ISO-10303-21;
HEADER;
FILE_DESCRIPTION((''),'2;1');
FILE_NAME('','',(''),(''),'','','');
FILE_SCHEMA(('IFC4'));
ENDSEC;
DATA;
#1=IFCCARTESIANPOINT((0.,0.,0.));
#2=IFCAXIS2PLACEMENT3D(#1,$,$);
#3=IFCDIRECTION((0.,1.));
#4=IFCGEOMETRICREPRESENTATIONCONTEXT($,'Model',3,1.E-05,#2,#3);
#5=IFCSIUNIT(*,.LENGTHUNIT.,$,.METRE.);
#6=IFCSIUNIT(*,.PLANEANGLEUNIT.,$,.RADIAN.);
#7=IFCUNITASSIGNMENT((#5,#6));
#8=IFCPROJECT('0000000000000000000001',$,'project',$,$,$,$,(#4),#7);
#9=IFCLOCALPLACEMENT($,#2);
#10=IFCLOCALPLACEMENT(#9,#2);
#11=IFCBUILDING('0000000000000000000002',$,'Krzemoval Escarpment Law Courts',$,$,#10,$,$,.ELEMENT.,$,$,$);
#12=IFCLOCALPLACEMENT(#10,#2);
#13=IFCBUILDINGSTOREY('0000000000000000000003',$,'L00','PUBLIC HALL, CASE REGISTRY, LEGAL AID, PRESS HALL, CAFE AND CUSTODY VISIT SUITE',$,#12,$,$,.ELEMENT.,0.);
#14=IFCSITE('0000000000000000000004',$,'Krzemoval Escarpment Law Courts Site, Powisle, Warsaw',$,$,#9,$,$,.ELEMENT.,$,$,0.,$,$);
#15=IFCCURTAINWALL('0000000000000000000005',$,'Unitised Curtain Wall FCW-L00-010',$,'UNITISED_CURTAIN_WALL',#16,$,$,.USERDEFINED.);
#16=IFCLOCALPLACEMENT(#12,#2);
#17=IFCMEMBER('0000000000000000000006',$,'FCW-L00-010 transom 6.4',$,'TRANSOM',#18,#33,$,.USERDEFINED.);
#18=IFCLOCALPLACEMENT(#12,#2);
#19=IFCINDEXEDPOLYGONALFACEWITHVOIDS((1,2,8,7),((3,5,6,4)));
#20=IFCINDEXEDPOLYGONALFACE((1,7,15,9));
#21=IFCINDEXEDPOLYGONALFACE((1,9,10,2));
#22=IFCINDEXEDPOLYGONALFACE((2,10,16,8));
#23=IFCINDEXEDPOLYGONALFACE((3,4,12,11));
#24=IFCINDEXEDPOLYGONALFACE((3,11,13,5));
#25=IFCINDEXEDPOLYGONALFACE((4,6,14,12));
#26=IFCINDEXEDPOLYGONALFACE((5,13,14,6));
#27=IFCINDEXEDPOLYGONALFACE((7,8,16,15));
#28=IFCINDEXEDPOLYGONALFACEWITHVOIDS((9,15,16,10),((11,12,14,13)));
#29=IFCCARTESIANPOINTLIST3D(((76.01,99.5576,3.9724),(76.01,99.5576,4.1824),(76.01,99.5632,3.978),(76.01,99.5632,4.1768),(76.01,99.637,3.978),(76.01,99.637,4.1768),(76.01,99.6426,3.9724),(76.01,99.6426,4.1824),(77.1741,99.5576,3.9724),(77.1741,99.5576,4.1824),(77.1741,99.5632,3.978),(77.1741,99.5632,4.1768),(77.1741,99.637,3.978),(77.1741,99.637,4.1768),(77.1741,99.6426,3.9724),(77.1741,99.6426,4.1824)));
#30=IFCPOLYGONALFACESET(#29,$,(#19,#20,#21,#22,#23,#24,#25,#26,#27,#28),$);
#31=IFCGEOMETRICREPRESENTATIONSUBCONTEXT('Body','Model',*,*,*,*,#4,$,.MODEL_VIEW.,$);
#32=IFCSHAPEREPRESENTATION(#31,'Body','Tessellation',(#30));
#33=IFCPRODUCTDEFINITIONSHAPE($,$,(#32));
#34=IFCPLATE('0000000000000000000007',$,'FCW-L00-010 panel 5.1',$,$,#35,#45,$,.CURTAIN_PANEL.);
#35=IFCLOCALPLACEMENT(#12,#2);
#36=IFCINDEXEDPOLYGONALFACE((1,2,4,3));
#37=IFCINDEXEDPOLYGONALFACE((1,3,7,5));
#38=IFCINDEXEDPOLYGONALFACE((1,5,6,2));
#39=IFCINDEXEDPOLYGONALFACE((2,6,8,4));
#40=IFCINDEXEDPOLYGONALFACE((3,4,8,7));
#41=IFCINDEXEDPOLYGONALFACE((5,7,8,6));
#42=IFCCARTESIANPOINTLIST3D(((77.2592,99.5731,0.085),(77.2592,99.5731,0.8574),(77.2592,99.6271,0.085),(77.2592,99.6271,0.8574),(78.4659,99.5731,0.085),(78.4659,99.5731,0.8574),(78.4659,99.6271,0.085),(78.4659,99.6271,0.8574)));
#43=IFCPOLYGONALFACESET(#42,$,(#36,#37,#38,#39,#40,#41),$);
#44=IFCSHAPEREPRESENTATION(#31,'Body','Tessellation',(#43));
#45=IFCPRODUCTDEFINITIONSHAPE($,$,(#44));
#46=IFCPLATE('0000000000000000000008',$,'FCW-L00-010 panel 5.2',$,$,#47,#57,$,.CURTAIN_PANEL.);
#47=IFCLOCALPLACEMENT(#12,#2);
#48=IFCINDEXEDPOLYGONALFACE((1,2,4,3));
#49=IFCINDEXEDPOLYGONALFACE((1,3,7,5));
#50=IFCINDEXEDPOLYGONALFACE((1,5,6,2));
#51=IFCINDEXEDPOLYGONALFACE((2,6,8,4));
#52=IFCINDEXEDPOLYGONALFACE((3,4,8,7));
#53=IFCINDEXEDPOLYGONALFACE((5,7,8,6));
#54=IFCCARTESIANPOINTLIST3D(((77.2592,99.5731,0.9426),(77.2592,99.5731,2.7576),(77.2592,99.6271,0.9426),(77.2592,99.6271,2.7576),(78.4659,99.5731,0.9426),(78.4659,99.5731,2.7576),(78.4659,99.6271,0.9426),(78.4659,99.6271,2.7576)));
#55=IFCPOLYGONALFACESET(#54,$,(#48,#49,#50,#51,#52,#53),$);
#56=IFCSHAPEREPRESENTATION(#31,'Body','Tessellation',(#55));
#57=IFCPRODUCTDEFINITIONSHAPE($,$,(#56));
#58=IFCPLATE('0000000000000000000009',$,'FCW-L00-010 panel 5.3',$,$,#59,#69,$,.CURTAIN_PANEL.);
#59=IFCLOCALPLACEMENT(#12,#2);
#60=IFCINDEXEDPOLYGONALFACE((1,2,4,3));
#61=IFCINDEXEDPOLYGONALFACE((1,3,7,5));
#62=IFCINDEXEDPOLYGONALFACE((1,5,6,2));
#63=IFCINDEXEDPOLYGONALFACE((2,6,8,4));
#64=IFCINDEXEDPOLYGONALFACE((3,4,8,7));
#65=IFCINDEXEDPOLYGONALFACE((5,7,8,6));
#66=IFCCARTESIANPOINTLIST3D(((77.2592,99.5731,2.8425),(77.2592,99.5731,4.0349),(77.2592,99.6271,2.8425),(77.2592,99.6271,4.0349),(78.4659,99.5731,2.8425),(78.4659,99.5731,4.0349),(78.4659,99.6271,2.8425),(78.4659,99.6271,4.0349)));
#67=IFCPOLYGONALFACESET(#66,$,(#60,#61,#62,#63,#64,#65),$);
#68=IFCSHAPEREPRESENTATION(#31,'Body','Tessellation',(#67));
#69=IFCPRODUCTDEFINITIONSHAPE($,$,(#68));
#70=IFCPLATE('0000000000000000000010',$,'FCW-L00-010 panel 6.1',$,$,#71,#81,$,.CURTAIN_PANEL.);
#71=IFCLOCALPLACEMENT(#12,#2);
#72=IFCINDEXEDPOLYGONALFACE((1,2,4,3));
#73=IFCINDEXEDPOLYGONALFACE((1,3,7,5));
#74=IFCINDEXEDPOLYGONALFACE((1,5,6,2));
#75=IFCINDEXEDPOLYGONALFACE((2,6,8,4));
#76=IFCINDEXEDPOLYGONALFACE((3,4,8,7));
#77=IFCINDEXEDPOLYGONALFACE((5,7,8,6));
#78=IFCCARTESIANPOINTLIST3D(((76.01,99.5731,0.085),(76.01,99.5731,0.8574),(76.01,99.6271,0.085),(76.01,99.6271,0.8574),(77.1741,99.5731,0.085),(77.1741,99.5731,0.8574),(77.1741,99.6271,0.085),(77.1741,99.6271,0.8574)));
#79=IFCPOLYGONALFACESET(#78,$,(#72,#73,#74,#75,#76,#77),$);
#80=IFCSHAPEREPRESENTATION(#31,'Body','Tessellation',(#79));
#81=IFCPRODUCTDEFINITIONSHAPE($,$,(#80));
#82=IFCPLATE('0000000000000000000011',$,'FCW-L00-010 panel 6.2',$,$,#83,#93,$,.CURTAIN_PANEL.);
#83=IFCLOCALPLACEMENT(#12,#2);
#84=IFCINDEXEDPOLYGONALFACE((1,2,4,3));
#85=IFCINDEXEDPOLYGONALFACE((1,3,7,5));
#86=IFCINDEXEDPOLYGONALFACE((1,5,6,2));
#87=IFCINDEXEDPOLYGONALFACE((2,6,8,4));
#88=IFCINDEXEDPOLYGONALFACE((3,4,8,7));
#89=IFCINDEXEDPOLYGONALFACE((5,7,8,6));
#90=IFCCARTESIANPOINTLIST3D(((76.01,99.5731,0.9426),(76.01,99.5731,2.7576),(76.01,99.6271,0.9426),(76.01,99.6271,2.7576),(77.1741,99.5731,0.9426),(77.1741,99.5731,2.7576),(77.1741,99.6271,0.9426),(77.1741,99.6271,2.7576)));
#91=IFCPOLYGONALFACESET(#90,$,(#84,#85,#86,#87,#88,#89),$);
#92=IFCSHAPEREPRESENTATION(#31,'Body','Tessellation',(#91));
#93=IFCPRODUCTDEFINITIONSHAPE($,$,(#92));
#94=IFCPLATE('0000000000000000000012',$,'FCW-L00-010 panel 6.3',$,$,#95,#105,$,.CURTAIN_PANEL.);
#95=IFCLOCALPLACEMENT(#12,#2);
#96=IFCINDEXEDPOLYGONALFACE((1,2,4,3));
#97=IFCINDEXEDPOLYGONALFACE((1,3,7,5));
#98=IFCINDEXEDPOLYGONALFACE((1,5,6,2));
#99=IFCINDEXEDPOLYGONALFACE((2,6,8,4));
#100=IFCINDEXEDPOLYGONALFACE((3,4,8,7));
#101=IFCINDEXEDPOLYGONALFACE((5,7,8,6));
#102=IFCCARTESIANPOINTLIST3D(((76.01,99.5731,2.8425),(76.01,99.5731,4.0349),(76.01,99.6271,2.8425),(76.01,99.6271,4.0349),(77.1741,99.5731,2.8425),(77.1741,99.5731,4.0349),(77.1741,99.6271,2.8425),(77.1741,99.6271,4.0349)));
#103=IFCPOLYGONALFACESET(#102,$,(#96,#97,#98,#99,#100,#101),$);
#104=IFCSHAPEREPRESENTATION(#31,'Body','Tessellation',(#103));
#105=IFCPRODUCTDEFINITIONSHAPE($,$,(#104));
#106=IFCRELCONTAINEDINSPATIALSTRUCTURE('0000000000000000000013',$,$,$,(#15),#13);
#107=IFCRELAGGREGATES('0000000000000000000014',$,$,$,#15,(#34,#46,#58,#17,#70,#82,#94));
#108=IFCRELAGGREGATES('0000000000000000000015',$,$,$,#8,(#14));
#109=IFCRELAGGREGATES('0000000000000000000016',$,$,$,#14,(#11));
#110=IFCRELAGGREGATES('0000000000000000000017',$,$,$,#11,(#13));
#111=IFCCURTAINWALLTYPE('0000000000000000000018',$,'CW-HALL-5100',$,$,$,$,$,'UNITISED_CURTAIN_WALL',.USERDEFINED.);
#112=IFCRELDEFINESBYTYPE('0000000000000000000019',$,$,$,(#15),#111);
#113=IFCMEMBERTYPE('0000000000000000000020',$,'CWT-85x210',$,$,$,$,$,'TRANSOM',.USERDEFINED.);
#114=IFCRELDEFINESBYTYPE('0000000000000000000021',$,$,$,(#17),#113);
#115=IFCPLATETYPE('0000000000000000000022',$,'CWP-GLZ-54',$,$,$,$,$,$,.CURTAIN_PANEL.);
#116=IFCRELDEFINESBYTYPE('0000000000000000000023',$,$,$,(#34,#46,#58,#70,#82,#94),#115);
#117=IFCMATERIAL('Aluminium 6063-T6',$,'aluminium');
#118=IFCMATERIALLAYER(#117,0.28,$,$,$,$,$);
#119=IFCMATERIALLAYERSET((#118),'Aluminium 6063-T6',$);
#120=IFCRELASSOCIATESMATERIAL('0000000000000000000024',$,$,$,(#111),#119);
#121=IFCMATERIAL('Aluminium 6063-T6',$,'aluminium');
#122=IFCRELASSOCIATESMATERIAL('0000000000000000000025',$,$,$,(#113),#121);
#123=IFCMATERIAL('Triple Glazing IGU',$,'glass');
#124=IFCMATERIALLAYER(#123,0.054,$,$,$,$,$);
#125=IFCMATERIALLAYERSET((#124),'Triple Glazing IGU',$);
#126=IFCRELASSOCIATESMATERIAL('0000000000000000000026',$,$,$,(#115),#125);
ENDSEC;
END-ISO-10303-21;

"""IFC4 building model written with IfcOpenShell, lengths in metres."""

from ifc_helpers import new_model, si_unit, direction, frame, origin, origin_2d, place, context, subcontext, project, spatial, rectangle, hollow_rectangle, extrude, material, layer, layer_set, material_profile, profile_set, type_object, element, aggregate, save


model = new_model("IFC4")

# Units and contexts
model_context = context("Model", 3, precision=1e-05, world=origin(), true_north=direction((0.0, 1.0)))
body_context = subcontext(model_context, "Body", "Model", "MODEL_VIEW")
ifc_project = project(units=[si_unit("LENGTHUNIT", "METRE"), si_unit("PLANEANGLEUNIT", "RADIAN")], contexts=[model_context])

# Site, building, storey
site_placement = place(None, origin())
site = spatial("IfcSite", under=ifc_project, at=site_placement, Name="Krzemoval Escarpment Law Courts Site, Powisle, Warsaw", CompositionType="ELEMENT", RefElevation=0.0)
building_placement = place(site_placement, origin())
building = spatial("IfcBuilding", under=site, at=building_placement, Name="Krzemoval Escarpment Law Courts", CompositionType="ELEMENT")
storey_placement = place(building_placement, origin())
storey = spatial("IfcBuildingStorey", under=building, at=storey_placement, Name="L00", Description="PUBLIC HALL, CASE REGISTRY, LEGAL AID, PRESS HALL, CAFE AND CUSTODY VISIT SUITE", CompositionType="ELEMENT", Elevation=0.0)

# Curtain wall, member, plates
ifc_material_1 = material(Name="Aluminium 6063-T6", Category="aluminium")
ifc_layer_1 = layer(ifc_material_1, 0.28)
ifc_layer_set_1 = layer_set([ifc_layer_1], Name="Aluminium 6063-T6")
curtain_wall_type = type_object("IfcCurtainWallType", Name="CW-HALL-5100", ElementType="UNITISED_CURTAIN_WALL", PredefinedType="USERDEFINED", material=ifc_layer_set_1)
curtain_wall_placement = place(storey_placement, origin())
curtain_wall = element("IfcCurtainWall", 1, at=curtain_wall_placement, inside=storey, type_object=curtain_wall_type, Name="Unitised Curtain Wall FCW-L00-010", ObjectType="UNITISED_CURTAIN_WALL", PredefinedType="USERDEFINED")
ifc_material_2 = material(Name="Aluminium 6063-T6", Category="aluminium")
ifc_material_profile_1 = material_profile(ifc_material_2, hollow_rectangle(XDim=0.085, YDim=0.21, WallThickness=0.0056, at=origin_2d()), Name="ALU T85x210")
ifc_profile_set_1 = profile_set([ifc_material_profile_1], Name="Aluminium 6063-T6")
member_type_1 = type_object("IfcMemberType", Name="CWT-85x210", ElementType="TRANSOM", PredefinedType="USERDEFINED", material=ifc_profile_set_1)
member_1_placement = place(storey_placement, frame((77.1741, 99.6001, 4.0774), z_axis=(-1.0, 0.0, 0.0), x_axis=(0.0, -1.0, 0.0)))
member_1 = element("IfcMember", 2, at=member_1_placement, type_object=member_type_1, Name="FCW-L00-010 transom 6.4", ObjectType="TRANSOM", PredefinedType="USERDEFINED", context=body_context, shape_type="SweptSolid", body=[
    extrude(hollow_rectangle(XDim=0.085, YDim=0.21, WallThickness=0.0056, at=origin_2d()), origin(), (0.0, 0.0, 1.0), 1.1641),
])
ifc_material_3 = material(Name="Triple Glazing IGU", Category="glass")
ifc_layer_2 = layer(ifc_material_3, 0.054)
ifc_layer_set_2 = layer_set([ifc_layer_2], Name="Triple Glazing IGU")
plate_type = type_object("IfcPlateType", Name="CWP-GLZ-54", PredefinedType="CURTAIN_PANEL", material=ifc_layer_set_2)
plate_1_placement = place(storey_placement, frame((77.8625, 99.6001, 0.085), z_axis=(0.0, 0.0, 1.0), x_axis=(-1.0, 0.0, 0.0)))
plate_1 = element("IfcPlate", 3, at=plate_1_placement, type_object=plate_type, Name="FCW-L00-010 panel 5.1", PredefinedType="CURTAIN_PANEL", context=body_context, shape_type="SweptSolid", body=[
    extrude(rectangle(XDim=1.2068, YDim=0.054, at=origin_2d()), origin(), (0.0, 0.0, 1.0), 0.7725),
])
plate_2_placement = place(storey_placement, frame((77.8625, 99.6001, 0.9426), z_axis=(0.0, 0.0, 1.0), x_axis=(-1.0, 0.0, 0.0)))
plate_2 = element("IfcPlate", 4, at=plate_2_placement, type_object=plate_type, Name="FCW-L00-010 panel 5.2", PredefinedType="CURTAIN_PANEL", context=body_context, shape_type="SweptSolid", body=[
    extrude(rectangle(XDim=1.2068, YDim=0.054, at=origin_2d()), origin(), (0.0, 0.0, 1.0), 1.8149),
])
plate_3_placement = place(storey_placement, frame((77.8625, 99.6001, 2.8425), z_axis=(0.0, 0.0, 1.0), x_axis=(-1.0, 0.0, 0.0)))
plate_3 = element("IfcPlate", 5, at=plate_3_placement, type_object=plate_type, Name="FCW-L00-010 panel 5.3", PredefinedType="CURTAIN_PANEL", context=body_context, shape_type="SweptSolid", body=[
    extrude(rectangle(XDim=1.2068, YDim=0.054, at=origin_2d()), origin(), (0.0, 0.0, 1.0), 1.1924),
])
plate_4_placement = place(storey_placement, frame((76.592, 99.6001, 0.085), z_axis=(0.0, 0.0, 1.0), x_axis=(-1.0, 0.0, 0.0)))
plate_4 = element("IfcPlate", 6, at=plate_4_placement, type_object=plate_type, Name="FCW-L00-010 panel 6.1", PredefinedType="CURTAIN_PANEL", context=body_context, shape_type="SweptSolid", body=[
    extrude(rectangle(XDim=1.1641, YDim=0.054, at=origin_2d()), origin(), (0.0, 0.0, 1.0), 0.7725),
])
plate_5_placement = place(storey_placement, frame((76.592, 99.6001, 0.9426), z_axis=(0.0, 0.0, 1.0), x_axis=(-1.0, 0.0, 0.0)))
plate_5 = element("IfcPlate", 7, at=plate_5_placement, type_object=plate_type, Name="FCW-L00-010 panel 6.2", PredefinedType="CURTAIN_PANEL", context=body_context, shape_type="SweptSolid", body=[
    extrude(rectangle(XDim=1.1641, YDim=0.054, at=origin_2d()), origin(), (0.0, 0.0, 1.0), 1.8149),
])
plate_6_placement = place(storey_placement, frame((76.592, 99.6001, 2.8425), z_axis=(0.0, 0.0, 1.0), x_axis=(-1.0, 0.0, 0.0)))
plate_6 = element("IfcPlate", 8, at=plate_6_placement, type_object=plate_type, Name="FCW-L00-010 panel 6.3", PredefinedType="CURTAIN_PANEL", context=body_context, shape_type="SweptSolid", body=[
    extrude(rectangle(XDim=1.1641, YDim=0.054, at=origin_2d()), origin(), (0.0, 0.0, 1.0), 1.1924),
])
aggregate(curtain_wall, [plate_1, plate_2, plate_3, member_1, plate_4, plate_5, plate_6])

save(model, "model.ifc")
